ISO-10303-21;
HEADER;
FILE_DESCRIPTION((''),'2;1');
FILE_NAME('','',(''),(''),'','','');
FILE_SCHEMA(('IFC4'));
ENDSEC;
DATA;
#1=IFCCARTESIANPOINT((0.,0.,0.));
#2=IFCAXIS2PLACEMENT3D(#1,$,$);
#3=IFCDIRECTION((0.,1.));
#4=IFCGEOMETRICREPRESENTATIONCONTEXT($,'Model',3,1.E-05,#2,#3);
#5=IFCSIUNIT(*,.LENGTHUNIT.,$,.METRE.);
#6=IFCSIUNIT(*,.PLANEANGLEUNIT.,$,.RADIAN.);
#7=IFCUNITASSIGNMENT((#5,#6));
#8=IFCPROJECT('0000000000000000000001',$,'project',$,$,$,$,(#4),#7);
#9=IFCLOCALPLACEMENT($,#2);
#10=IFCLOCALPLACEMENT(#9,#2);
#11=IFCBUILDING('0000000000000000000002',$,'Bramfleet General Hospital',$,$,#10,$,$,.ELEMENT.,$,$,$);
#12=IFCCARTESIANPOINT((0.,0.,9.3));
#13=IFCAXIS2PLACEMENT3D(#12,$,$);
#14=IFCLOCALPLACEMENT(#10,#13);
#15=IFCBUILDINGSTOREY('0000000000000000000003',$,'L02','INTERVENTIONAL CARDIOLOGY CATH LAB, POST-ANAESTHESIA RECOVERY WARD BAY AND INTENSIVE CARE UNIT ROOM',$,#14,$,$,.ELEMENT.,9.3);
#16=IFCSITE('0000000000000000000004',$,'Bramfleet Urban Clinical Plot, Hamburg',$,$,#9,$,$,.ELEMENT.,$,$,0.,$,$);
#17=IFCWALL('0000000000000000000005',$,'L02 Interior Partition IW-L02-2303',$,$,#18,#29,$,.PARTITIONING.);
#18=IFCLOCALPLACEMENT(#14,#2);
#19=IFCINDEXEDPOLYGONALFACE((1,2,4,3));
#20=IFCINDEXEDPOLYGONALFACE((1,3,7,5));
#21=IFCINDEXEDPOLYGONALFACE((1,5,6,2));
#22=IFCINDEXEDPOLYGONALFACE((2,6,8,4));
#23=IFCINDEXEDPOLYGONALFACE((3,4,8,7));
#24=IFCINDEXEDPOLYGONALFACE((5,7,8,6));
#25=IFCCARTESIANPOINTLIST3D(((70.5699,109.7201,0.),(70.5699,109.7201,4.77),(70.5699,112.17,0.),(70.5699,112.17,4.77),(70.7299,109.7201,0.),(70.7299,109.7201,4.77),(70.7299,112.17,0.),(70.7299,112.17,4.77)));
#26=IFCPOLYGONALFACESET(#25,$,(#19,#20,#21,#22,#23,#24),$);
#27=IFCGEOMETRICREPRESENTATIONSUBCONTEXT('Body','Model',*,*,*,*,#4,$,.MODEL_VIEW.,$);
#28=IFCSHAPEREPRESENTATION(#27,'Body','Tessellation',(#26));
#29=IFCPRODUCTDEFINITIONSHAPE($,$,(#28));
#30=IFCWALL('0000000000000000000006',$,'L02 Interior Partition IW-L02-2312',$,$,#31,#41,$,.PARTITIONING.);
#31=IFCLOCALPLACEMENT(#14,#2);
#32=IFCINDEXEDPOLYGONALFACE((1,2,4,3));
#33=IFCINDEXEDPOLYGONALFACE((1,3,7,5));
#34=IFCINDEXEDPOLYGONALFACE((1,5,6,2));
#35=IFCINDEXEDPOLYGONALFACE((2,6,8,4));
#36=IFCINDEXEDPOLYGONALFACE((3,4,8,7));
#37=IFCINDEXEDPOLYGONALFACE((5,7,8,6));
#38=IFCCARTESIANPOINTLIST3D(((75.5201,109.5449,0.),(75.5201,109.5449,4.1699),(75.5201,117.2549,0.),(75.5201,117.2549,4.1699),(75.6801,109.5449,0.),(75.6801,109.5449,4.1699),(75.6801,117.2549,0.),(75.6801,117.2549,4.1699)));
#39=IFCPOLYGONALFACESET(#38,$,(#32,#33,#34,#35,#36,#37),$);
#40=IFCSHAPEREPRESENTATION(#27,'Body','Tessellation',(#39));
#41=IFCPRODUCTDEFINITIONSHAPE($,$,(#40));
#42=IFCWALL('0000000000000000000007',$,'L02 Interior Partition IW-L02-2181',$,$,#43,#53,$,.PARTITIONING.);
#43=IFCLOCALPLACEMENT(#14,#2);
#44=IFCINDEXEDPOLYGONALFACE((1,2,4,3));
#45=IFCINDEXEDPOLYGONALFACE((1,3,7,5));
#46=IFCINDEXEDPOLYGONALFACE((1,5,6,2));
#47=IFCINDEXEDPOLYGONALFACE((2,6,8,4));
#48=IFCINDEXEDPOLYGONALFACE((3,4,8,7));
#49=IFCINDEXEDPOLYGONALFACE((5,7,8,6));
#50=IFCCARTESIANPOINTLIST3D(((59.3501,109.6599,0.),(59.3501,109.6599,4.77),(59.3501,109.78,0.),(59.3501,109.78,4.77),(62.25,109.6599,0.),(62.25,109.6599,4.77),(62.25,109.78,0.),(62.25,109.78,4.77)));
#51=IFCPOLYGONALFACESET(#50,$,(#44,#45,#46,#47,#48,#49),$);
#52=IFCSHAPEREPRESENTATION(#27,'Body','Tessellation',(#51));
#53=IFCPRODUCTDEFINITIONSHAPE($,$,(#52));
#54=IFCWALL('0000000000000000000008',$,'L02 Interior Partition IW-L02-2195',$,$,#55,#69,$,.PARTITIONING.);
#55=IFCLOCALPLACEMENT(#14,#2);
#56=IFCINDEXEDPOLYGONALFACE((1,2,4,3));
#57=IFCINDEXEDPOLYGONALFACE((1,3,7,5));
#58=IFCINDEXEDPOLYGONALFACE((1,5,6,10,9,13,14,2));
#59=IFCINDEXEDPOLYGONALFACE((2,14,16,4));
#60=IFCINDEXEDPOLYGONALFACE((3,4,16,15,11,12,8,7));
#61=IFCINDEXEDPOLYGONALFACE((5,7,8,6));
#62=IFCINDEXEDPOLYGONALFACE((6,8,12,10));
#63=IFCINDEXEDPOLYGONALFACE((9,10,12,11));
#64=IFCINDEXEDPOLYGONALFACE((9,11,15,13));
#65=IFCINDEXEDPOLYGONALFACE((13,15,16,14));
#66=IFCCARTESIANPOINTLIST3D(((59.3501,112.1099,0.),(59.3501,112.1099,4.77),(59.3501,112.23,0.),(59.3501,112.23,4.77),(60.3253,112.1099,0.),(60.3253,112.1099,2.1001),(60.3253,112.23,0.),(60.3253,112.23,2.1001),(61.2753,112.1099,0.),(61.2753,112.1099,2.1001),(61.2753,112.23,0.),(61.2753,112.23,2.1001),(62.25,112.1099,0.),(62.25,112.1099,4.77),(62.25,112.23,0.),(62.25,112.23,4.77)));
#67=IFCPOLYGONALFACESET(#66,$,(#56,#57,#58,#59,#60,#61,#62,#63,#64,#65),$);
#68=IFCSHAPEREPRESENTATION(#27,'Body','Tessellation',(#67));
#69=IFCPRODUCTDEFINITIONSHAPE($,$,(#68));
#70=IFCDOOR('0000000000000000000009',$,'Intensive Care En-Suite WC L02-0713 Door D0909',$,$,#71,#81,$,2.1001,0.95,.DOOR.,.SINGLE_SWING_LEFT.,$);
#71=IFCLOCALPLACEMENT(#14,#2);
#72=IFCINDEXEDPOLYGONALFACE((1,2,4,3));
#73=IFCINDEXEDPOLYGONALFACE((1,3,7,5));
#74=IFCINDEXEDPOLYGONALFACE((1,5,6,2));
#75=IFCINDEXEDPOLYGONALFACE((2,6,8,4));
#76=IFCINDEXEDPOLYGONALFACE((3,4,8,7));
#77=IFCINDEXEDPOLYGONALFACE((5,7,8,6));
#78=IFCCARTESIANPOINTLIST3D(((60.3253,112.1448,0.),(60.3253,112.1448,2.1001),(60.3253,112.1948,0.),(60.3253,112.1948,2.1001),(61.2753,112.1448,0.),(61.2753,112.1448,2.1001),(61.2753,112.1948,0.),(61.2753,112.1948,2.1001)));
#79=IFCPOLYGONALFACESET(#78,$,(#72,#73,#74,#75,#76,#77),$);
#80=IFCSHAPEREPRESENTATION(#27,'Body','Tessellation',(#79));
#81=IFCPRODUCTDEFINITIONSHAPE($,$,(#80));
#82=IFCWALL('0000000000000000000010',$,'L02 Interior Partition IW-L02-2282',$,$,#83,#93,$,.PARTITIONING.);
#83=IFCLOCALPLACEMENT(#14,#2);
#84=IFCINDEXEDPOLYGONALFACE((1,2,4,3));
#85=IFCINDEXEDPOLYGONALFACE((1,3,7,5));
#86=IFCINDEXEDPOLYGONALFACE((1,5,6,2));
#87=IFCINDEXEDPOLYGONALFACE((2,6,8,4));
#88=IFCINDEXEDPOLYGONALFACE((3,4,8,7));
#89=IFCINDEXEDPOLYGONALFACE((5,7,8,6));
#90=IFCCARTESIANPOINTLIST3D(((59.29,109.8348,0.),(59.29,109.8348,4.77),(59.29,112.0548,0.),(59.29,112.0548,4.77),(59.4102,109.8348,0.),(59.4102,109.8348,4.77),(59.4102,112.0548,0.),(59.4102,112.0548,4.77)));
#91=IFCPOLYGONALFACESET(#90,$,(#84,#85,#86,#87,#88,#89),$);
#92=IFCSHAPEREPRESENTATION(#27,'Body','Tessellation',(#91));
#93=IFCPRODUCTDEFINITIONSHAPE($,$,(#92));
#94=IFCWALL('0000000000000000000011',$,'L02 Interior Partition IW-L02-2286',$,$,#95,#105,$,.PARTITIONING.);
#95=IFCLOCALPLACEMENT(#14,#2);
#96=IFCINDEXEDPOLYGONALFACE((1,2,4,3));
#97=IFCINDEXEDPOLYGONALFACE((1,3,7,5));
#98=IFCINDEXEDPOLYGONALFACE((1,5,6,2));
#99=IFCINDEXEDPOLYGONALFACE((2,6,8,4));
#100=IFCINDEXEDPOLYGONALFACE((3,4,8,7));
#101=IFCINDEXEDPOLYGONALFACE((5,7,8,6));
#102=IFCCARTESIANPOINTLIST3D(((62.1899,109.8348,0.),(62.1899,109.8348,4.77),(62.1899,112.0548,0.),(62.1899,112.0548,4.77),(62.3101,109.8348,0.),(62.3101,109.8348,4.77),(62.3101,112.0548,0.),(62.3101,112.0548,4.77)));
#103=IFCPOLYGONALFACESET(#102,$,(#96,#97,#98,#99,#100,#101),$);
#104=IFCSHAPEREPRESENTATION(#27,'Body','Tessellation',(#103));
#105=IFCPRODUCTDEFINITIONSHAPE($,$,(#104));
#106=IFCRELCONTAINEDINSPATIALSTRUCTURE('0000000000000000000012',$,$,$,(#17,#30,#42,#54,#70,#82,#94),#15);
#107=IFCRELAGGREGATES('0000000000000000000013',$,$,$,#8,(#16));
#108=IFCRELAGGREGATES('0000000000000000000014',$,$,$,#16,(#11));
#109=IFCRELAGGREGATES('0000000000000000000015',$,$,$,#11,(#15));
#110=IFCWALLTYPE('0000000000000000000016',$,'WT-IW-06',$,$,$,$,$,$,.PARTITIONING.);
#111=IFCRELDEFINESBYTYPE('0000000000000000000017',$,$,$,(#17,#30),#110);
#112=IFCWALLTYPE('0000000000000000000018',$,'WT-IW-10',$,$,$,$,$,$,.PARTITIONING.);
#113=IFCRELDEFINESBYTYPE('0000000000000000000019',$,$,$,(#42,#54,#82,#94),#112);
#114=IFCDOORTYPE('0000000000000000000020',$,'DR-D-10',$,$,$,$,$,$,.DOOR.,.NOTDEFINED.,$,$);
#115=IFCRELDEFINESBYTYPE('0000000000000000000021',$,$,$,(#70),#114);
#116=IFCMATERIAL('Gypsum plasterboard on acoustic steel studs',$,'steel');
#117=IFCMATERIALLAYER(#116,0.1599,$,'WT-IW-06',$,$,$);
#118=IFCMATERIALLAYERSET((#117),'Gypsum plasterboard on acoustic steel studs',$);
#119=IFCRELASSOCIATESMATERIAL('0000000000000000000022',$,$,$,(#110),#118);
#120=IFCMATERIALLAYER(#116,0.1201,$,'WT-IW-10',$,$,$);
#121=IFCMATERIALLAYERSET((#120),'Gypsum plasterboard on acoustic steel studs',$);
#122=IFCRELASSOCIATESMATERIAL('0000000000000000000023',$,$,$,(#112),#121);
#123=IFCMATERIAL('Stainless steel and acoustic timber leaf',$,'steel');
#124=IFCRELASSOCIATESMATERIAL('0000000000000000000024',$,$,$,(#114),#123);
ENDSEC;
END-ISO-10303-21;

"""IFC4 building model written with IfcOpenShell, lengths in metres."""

from ifc_helpers import new_model, si_unit, direction, frame, frame_2d, origin, place, context, subcontext, project, spatial, rectangle, extrude, material, layer, layer_set, type_object, element, fill, save


model = new_model("IFC4")

# Units and contexts
model_context = context("Model", 3, precision=1e-05, world=origin(), true_north=direction((0.0, 1.0)))
body_context = subcontext(model_context, "Body", "Model", "MODEL_VIEW")
ifc_project = project(units=[si_unit("LENGTHUNIT", "METRE"), si_unit("PLANEANGLEUNIT", "RADIAN")], contexts=[model_context])

# Site, building, storey
site_placement = place(None, origin())
site = spatial("IfcSite", under=ifc_project, at=site_placement, Name="Bramfleet Urban Clinical Plot, Hamburg", CompositionType="ELEMENT", RefElevation=0.0)
building_placement = place(site_placement, origin())
building = spatial("IfcBuilding", under=site, at=building_placement, Name="Bramfleet General Hospital", CompositionType="ELEMENT")
storey_placement = place(building_placement, frame((0.0, 0.0, 9.3)))
storey = spatial("IfcBuildingStorey", under=building, at=storey_placement, Name="L02", Description="INTERVENTIONAL CARDIOLOGY CATH LAB, POST-ANAESTHESIA RECOVERY WARD BAY AND INTENSIVE CARE UNIT ROOM", CompositionType="ELEMENT", Elevation=9.3)

# Shared definitions
ifc_material_1 = material(Name="Gypsum plasterboard on acoustic steel studs", Category="steel")
ifc_layer_1 = layer(ifc_material_1, 0.1599, Name="WT-IW-06")
ifc_layer_set_1 = layer_set([ifc_layer_1], Name="Gypsum plasterboard on acoustic steel studs")
wall_type_1 = type_object("IfcWallType", Name="WT-IW-06", PredefinedType="PARTITIONING", material=ifc_layer_set_1)
ifc_material_2 = material(Name="Stainless steel and acoustic timber leaf", Category="steel")

# Walls
wall_1_placement = place(storey_placement, frame((70.6499, 109.72, 0.0), z_axis=(0.0, 0.0, 1.0), x_axis=(0.0, 1.0, 0.0)))
element("IfcWall", 1, at=wall_1_placement, inside=storey, type_object=wall_type_1, Name="L02 Interior Partition IW-L02-2303", PredefinedType="PARTITIONING", context=body_context, shape_type="SweptSolid", body=[
    extrude(rectangle(XDim=2.45, YDim=0.1599, at=frame_2d((1.2251, 0.0))), origin(), (0.0, 0.0, 1.0), 4.77),
])
wall_2_placement = place(storey_placement, frame((75.6001, 109.5449, 0.0), z_axis=(0.0, 0.0, 1.0), x_axis=(0.0, 1.0, 0.0)))
element("IfcWall", 2, at=wall_2_placement, inside=storey, type_object=wall_type_1, Name="L02 Interior Partition IW-L02-2312", PredefinedType="PARTITIONING", context=body_context, shape_type="SweptSolid", body=[
    extrude(rectangle(XDim=7.71, YDim=0.1599, at=frame_2d((3.855, 0.0))), origin(), (0.0, 0.0, 1.0), 4.1699),
])
ifc_layer_2 = layer(ifc_material_1, 0.1201, Name="WT-IW-10")
ifc_layer_set_2 = layer_set([ifc_layer_2], Name="Gypsum plasterboard on acoustic steel studs")
wall_type_2 = type_object("IfcWallType", Name="WT-IW-10", PredefinedType="PARTITIONING", material=ifc_layer_set_2)
wall_3_placement = place(storey_placement, frame((59.3501, 109.72, 0.0), z_axis=(0.0, 0.0, 1.0), x_axis=(1.0, 0.0, 0.0)))
element("IfcWall", 3, at=wall_3_placement, inside=storey, type_object=wall_type_2, Name="L02 Interior Partition IW-L02-2181", PredefinedType="PARTITIONING", context=body_context, shape_type="SweptSolid", body=[
    extrude(rectangle(XDim=2.8999, YDim=0.1201, at=frame_2d((1.45, 0.0))), origin(), (0.0, 0.0, 1.0), 4.77),
])

# Wall, opening, door
wall_4_placement = place(storey_placement, frame((59.3501, 112.1699, 0.0), z_axis=(0.0, 0.0, 1.0), x_axis=(1.0, 0.0, 0.0)))
wall_4 = element("IfcWall", 4, at=wall_4_placement, inside=storey, type_object=wall_type_2, Name="L02 Interior Partition IW-L02-2195", PredefinedType="PARTITIONING", context=body_context, shape_type="SweptSolid", body=[
    extrude(rectangle(XDim=2.8999, YDim=0.1201, at=frame_2d((1.45, 0.0))), origin(), (0.0, 0.0, 1.0), 4.77),
])
opening_1_placement = place(wall_4_placement, frame((0.9751, 0.0, 0.0)))
opening_1 = element("IfcOpeningElement", 5, at=opening_1_placement, cuts=wall_4, PredefinedType="OPENING", context=body_context, shape_type="SweptSolid", body=[
    extrude(rectangle(XDim=0.95, YDim=2.1001, at=frame_2d((0.4751, 1.05))), frame((0.0, 0.0701, 0.0), z_axis=(0.0, -1.0, 0.0), x_axis=(1.0, 0.0, 0.0)), (0.0, 0.0, 1.0), 0.1401),
])
door_type_1 = type_object("IfcDoorType", Name="DR-D-10", OperationType="NOTDEFINED", PredefinedType="DOOR", material=ifc_material_2)
door_1_placement = place(opening_1_placement, origin())
door_1 = element("IfcDoor", 6, at=door_1_placement, inside=storey, type_object=door_type_1, Name="Intensive Care En-Suite WC L02-0713 Door D0909", OperationType="SINGLE_SWING_LEFT", OverallHeight=2.1001, OverallWidth=0.95, PredefinedType="DOOR", context=body_context, shape_type="SweptSolid", body=[
    extrude(rectangle(XDim=0.95, YDim=2.1001, at=frame_2d((0.4751, 1.05))), frame((0.0, 0.0249, 0.0), z_axis=(0.0, -1.0, 0.0), x_axis=(1.0, 0.0, 0.0)), (0.0, 0.0, 1.0), 0.05),
])
fill(opening_1, door_1)

# Walls
for number, where, z_axis, x_axis, name in (
    (7, (59.3501, 109.835, 0.0), (0.0, 0.0, 1.0), (0.0, 1.0, 0.0), "L02 Interior Partition IW-L02-2282"),
    (8, (62.25, 109.835, 0.0), (0.0, 0.0, 1.0), (0.0, 1.0, 0.0), "L02 Interior Partition IW-L02-2286"),
):
    element("IfcWall", number, at=place(storey_placement, frame(where, z_axis=z_axis, x_axis=x_axis)), inside=storey, type_object=wall_type_2, Name=name, PredefinedType="PARTITIONING", context=body_context, shape_type="SweptSolid", body=[
        extrude(rectangle(XDim=2.22, YDim=0.1201, at=frame_2d((1.1099, 0.0))), origin(), (0.0, 0.0, 1.0), 4.77),
    ])

save(model, "model.ifc")
